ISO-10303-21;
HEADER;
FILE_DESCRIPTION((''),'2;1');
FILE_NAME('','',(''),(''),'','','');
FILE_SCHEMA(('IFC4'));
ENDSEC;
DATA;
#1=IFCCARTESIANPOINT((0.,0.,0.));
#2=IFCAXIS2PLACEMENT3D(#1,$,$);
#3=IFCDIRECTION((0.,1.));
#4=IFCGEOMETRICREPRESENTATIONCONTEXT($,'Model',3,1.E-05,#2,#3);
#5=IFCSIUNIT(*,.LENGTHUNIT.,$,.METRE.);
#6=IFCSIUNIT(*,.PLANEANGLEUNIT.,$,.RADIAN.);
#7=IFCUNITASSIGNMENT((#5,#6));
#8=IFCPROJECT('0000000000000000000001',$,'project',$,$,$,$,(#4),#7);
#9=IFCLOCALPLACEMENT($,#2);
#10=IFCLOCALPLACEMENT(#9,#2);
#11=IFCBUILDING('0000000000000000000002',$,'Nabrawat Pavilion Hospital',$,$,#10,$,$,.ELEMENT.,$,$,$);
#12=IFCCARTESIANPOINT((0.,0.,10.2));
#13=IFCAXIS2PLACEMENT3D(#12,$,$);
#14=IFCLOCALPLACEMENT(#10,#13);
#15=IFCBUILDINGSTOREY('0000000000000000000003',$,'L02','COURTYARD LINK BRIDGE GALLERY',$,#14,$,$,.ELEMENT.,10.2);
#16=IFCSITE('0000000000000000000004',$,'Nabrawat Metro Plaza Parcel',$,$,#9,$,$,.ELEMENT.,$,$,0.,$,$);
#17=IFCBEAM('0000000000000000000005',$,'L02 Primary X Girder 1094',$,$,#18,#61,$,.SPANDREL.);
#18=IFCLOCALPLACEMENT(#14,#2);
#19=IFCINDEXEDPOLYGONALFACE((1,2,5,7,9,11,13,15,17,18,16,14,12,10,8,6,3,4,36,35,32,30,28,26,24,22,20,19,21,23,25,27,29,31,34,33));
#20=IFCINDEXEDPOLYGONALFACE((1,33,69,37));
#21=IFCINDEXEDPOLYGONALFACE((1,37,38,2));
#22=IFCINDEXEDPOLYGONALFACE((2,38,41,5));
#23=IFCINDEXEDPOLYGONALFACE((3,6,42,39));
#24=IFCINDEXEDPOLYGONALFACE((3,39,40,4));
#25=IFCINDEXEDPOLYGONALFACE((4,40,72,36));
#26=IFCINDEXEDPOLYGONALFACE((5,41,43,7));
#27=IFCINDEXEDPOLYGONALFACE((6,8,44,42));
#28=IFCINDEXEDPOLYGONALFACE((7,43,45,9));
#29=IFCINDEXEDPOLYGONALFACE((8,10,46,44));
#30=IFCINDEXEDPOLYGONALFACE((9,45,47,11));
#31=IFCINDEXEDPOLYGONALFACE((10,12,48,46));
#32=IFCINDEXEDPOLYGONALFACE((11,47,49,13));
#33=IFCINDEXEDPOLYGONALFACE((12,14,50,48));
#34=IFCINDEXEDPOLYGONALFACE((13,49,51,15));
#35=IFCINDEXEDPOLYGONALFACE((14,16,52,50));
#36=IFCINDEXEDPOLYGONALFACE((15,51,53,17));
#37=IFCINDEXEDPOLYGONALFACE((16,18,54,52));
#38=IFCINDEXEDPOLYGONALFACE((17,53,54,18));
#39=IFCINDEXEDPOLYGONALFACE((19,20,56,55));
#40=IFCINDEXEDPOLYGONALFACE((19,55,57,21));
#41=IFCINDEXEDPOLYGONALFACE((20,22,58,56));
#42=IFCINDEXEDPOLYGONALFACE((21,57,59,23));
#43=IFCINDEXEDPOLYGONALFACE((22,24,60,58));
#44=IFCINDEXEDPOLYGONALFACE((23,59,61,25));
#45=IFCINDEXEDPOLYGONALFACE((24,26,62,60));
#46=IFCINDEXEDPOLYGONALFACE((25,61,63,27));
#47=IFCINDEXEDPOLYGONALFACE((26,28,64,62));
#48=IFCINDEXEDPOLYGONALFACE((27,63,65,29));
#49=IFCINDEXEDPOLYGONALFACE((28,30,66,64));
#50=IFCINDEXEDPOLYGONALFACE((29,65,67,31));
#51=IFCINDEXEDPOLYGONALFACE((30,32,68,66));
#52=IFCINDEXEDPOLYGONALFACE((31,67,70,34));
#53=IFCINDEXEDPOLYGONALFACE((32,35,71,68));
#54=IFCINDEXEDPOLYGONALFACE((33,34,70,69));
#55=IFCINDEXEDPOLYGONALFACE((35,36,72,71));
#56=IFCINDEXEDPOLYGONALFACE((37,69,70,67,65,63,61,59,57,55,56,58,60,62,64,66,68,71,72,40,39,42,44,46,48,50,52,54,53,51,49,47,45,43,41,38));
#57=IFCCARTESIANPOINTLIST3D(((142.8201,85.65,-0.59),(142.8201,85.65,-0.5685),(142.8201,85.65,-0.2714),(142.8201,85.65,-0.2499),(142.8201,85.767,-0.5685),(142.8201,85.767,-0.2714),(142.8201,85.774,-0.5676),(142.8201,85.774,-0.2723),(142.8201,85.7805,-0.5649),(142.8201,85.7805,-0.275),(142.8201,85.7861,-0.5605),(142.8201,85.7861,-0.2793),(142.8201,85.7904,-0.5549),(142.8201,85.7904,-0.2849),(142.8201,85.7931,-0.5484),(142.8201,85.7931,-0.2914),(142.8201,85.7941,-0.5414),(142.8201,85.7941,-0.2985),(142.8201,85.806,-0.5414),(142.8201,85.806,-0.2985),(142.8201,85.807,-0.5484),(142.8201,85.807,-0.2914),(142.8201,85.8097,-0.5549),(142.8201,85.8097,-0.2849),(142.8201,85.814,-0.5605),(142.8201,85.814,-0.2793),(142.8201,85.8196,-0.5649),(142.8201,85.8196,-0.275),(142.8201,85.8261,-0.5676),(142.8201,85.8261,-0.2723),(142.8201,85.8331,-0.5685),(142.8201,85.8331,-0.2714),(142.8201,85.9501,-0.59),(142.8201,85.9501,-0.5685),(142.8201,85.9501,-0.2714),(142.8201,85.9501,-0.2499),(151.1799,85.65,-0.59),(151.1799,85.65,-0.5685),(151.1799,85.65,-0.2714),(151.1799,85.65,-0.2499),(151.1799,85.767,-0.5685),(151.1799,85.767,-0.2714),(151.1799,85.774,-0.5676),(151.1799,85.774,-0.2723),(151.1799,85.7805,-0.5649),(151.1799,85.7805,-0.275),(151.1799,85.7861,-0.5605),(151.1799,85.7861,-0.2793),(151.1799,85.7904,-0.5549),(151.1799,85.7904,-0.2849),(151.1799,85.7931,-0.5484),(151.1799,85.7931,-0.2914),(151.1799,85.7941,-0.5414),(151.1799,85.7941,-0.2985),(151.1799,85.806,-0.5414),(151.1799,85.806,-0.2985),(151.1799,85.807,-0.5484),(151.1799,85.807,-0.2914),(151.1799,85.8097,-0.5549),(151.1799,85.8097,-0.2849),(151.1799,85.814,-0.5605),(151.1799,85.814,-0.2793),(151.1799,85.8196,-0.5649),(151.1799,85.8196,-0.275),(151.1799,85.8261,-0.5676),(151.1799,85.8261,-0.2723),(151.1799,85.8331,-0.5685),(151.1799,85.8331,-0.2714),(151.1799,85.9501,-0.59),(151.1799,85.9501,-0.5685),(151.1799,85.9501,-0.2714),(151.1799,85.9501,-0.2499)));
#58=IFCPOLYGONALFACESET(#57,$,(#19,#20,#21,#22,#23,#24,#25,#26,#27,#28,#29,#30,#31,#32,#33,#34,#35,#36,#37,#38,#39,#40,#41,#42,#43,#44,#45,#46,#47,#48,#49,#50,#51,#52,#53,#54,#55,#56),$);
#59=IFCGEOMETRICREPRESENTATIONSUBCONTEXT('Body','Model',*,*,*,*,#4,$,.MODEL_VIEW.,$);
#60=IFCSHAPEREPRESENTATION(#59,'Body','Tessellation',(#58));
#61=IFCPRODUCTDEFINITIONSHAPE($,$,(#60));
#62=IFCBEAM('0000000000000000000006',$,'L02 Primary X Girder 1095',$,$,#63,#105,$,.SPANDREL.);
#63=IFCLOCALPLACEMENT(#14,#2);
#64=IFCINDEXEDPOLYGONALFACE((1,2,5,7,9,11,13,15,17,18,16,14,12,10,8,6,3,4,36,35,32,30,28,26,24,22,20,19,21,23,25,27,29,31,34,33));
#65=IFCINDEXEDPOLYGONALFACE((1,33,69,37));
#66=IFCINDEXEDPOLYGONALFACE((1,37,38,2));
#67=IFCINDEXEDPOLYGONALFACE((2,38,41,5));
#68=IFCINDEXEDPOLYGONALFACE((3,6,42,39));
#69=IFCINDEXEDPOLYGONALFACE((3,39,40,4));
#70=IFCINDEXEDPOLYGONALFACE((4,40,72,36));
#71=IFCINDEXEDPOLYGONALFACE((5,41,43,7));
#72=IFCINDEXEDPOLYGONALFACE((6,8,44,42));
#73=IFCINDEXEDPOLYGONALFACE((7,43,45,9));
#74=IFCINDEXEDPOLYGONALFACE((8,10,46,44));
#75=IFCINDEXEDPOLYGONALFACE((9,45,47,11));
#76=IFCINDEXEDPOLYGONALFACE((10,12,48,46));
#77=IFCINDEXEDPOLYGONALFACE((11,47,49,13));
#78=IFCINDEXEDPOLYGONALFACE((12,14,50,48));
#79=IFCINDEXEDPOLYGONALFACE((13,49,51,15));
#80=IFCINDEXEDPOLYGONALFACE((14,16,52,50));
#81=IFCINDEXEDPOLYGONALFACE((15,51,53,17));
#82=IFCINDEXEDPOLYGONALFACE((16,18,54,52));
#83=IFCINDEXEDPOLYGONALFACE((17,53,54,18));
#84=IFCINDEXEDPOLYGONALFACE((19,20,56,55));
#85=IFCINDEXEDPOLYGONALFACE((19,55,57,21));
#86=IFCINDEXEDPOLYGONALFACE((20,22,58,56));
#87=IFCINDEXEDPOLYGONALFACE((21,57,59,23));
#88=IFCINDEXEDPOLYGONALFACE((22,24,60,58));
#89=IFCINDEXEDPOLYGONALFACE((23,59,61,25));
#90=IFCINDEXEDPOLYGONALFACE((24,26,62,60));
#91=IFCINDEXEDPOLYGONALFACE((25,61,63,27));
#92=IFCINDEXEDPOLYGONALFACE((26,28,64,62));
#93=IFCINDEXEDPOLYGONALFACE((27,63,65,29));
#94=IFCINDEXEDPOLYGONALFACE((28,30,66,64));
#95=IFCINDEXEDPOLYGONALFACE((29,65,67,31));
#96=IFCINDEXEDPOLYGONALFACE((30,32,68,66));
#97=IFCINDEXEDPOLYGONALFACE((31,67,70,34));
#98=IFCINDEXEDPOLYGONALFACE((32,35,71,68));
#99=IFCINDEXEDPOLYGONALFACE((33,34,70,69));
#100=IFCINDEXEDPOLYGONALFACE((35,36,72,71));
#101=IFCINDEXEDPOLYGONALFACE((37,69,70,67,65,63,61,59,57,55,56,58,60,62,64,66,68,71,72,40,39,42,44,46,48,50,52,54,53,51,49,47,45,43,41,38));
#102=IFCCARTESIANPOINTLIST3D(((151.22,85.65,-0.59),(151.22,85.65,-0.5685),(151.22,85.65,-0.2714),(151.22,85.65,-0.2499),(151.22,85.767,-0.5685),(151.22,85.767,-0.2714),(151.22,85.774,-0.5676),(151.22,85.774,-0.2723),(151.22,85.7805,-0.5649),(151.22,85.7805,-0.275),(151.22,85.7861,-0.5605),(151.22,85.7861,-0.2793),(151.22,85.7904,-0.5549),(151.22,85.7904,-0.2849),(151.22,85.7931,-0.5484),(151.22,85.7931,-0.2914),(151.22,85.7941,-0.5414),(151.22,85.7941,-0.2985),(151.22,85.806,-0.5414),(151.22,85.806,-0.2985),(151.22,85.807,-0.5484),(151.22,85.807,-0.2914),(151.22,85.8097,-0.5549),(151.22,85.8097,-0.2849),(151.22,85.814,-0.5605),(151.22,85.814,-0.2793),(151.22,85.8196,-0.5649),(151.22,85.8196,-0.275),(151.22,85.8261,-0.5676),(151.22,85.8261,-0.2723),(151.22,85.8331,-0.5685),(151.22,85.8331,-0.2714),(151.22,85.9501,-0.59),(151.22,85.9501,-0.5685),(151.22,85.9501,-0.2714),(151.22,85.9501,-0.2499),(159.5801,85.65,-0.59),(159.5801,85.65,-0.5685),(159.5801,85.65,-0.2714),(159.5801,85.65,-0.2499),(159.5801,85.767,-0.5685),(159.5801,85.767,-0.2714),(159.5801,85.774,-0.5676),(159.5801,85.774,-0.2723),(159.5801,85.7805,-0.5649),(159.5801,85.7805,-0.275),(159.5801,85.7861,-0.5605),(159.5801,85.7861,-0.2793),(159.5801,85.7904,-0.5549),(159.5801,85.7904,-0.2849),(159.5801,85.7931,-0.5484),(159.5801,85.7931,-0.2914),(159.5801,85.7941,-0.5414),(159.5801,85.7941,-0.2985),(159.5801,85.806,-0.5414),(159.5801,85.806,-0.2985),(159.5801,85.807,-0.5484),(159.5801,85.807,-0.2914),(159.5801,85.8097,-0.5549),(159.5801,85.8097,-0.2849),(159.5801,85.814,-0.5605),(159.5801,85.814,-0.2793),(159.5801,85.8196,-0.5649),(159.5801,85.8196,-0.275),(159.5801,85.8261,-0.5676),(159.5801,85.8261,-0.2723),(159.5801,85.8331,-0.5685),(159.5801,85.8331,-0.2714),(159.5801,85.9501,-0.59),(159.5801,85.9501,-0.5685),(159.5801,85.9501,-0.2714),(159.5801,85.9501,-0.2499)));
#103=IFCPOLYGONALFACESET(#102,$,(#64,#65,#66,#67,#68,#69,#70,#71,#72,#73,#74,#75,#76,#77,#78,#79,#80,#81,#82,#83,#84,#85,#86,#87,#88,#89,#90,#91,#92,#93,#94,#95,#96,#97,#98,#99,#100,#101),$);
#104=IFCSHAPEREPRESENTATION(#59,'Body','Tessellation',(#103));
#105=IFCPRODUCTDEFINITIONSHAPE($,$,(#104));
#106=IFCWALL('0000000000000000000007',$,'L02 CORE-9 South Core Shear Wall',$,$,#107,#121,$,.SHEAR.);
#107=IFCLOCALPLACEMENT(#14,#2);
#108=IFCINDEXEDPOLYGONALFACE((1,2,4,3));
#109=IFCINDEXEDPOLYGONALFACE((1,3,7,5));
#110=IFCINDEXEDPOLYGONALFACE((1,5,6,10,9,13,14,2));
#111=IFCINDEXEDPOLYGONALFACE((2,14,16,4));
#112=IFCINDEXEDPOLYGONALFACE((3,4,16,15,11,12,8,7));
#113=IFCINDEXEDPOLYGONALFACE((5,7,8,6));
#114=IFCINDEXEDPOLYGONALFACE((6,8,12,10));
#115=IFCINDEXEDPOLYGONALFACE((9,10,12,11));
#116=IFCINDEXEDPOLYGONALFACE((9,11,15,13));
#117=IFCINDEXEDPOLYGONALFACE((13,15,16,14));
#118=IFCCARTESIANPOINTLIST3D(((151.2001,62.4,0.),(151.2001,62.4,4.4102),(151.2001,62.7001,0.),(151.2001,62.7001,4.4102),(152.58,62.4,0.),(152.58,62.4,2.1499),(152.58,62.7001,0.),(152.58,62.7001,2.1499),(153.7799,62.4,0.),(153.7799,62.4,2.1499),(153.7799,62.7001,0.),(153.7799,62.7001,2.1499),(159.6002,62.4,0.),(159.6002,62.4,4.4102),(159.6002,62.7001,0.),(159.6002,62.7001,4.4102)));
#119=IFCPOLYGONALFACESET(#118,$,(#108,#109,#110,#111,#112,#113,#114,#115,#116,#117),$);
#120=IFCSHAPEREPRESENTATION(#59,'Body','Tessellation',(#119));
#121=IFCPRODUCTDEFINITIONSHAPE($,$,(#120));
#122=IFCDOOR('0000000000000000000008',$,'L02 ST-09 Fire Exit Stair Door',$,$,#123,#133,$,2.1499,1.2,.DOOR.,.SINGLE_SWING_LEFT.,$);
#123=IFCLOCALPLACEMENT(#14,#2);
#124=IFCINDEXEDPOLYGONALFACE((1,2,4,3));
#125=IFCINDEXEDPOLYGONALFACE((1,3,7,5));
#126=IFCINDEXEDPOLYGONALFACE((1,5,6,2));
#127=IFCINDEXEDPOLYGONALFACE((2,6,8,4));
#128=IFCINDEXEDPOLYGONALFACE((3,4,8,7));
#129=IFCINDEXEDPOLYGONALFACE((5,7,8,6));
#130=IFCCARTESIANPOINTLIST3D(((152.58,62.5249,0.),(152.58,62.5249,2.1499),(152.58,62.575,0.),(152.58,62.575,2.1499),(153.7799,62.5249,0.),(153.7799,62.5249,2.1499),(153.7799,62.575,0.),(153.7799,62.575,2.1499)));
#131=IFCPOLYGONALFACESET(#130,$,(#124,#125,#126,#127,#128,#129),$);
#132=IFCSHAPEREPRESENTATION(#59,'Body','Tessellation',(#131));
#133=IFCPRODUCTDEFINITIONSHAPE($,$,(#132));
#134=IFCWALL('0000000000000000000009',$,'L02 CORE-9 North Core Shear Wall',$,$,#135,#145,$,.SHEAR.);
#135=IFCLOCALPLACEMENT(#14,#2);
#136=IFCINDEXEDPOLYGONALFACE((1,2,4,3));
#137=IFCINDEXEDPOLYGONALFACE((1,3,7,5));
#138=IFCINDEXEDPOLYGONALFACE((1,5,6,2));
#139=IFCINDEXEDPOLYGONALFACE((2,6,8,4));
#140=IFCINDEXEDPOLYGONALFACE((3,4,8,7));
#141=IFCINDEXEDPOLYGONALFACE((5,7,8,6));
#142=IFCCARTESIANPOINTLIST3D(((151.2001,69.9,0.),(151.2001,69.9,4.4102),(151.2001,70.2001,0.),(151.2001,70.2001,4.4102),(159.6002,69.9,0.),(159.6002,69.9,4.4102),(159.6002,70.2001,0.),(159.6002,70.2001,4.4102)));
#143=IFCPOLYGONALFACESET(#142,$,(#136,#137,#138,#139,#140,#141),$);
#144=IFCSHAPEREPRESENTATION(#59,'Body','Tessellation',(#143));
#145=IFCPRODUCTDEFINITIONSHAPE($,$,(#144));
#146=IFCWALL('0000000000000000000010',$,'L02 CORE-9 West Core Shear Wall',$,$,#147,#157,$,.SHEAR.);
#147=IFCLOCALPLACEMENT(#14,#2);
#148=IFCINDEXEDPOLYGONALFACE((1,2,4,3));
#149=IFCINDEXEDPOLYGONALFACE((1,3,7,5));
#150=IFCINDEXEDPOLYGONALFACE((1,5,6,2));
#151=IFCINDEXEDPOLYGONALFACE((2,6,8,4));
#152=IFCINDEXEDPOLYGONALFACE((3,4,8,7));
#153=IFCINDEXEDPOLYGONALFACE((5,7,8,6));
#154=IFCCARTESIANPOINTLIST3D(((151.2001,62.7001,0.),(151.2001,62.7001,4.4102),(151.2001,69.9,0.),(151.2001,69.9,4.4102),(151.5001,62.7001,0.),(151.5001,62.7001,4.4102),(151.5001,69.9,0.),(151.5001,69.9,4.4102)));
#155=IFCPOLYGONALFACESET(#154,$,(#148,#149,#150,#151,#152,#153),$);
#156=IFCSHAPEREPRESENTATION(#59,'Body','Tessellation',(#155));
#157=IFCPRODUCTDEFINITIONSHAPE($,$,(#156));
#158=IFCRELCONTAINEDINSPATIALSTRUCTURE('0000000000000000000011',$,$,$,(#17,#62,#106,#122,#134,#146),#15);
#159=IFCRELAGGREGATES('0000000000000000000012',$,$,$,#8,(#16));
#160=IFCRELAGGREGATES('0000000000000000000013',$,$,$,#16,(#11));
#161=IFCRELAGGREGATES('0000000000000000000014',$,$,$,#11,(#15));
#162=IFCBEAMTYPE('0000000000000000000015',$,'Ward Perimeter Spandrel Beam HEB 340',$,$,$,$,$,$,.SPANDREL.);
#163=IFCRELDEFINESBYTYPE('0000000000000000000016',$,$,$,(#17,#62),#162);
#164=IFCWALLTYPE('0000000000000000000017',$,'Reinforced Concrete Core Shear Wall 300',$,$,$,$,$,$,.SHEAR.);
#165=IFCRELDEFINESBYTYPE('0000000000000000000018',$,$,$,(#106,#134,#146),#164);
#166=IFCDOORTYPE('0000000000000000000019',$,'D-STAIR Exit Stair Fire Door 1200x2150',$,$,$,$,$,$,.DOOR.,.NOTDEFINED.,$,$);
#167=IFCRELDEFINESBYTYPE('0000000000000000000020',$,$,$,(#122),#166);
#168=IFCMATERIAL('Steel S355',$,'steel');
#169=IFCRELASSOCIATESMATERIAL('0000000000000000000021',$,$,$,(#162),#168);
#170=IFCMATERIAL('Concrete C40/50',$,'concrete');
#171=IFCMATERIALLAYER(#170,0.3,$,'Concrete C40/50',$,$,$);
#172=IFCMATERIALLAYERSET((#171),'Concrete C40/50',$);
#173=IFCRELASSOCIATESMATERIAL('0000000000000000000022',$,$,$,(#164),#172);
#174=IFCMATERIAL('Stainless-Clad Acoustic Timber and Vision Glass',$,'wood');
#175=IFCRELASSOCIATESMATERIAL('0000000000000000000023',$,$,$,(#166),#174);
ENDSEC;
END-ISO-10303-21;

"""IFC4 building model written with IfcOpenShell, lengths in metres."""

from ifc_helpers import new_model, si_unit, direction, frame, frame_2d, origin, origin_2d, place, context, subcontext, project, spatial, rectangle, i_section, extrude, material, layer, layer_set, material_profile, profile_set, type_object, element, fill, save


model = new_model("IFC4")

# Units and contexts
model_context = context("Model", 3, precision=1e-05, world=origin(), true_north=direction((0.0, 1.0)))
body_context = subcontext(model_context, "Body", "Model", "MODEL_VIEW")
ifc_project = project(units=[si_unit("LENGTHUNIT", "METRE"), si_unit("PLANEANGLEUNIT", "RADIAN")], contexts=[model_context])

# Site, building, storey
site_placement = place(None, origin())
site = spatial("IfcSite", under=ifc_project, at=site_placement, Name="Nabrawat Metro Plaza Parcel", CompositionType="ELEMENT", RefElevation=0.0)
building_placement = place(site_placement, origin())
building = spatial("IfcBuilding", under=site, at=building_placement, Name="Nabrawat Pavilion Hospital", CompositionType="ELEMENT")
storey_placement = place(building_placement, frame((0.0, 0.0, 10.2)))
storey = spatial("IfcBuildingStorey", under=building, at=storey_placement, Name="L02", Description="COURTYARD LINK BRIDGE GALLERY", CompositionType="ELEMENT", Elevation=10.2)

# Shared definitions
ifc_material_1 = material(Name="Concrete C40/50", Category="concrete")

# Beams
ifc_material_2 = material(Name="Steel S355", Category="steel")
ifc_material_profile_1 = material_profile(ifc_material_2, i_section(OverallWidth=0.3, OverallDepth=0.3401, WebThickness=0.012, FlangeThickness=0.0215, FilletRadius=0.0271, at=origin_2d()), Name="HEB 340")
ifc_profile_set_1 = profile_set([ifc_material_profile_1], Name="Steel S355")
beam_type_1 = type_object("IfcBeamType", Name="Ward Perimeter Spandrel Beam HEB 340", PredefinedType="SPANDREL", material=ifc_profile_set_1)
beam_1_placement = place(storey_placement, frame((142.8201, 85.8, -0.4199), z_axis=(1.0, 0.0, 0.0), x_axis=(0.0, 1.0, 0.0)))
element("IfcBeam", 1, at=beam_1_placement, inside=storey, type_object=beam_type_1, Name="L02 Primary X Girder 1094", PredefinedType="SPANDREL", context=body_context, shape_type="SweptSolid", body=[
    extrude(i_section(OverallWidth=0.3, OverallDepth=0.3401, WebThickness=0.012, FlangeThickness=0.0215, FilletRadius=0.0271, at=origin_2d()), origin(), (0.0, 0.0, 1.0), 8.3599),
])
beam_2_placement = place(storey_placement, frame((151.22, 85.8, -0.4199), z_axis=(1.0, 0.0, 0.0), x_axis=(0.0, 1.0, 0.0)))
element("IfcBeam", 2, at=beam_2_placement, inside=storey, type_object=beam_type_1, Name="L02 Primary X Girder 1095", PredefinedType="SPANDREL", context=body_context, shape_type="SweptSolid", body=[
    extrude(i_section(OverallWidth=0.3, OverallDepth=0.3401, WebThickness=0.012, FlangeThickness=0.0215, FilletRadius=0.0271, at=origin_2d()), origin(), (0.0, 0.0, 1.0), 8.3601),
])

# Wall, opening, door
ifc_layer_1 = layer(ifc_material_1, 0.3, Name="Concrete C40/50")
ifc_layer_set_1 = layer_set([ifc_layer_1], Name="Concrete C40/50")
wall_type = type_object("IfcWallType", Name="Reinforced Concrete Core Shear Wall 300", PredefinedType="SHEAR", material=ifc_layer_set_1)
wall_1_placement = place(storey_placement, frame((151.2, 62.55, 0.0), z_axis=(0.0, 0.0, 1.0), x_axis=(1.0, 0.0, 0.0)))
wall_1 = element("IfcWall", 3, at=wall_1_placement, inside=storey, type_object=wall_type, Name="L02 CORE-9 South Core Shear Wall", PredefinedType="SHEAR", context=body_context, shape_type="SweptSolid", body=[
    extrude(rectangle(XDim=8.4001, YDim=0.3, at=frame_2d((4.2002, 0.0))), origin(), (0.0, 0.0, 1.0), 4.4102),
])
opening_placement = place(wall_1_placement, frame((1.3799, 0.0, 0.0)))
opening = element("IfcOpeningElement", 4, at=opening_placement, cuts=wall_1, PredefinedType="OPENING", context=body_context, shape_type="SweptSolid", body=[
    extrude(rectangle(XDim=1.2, YDim=2.1499, at=frame_2d((0.6001, 1.075))), frame((0.0, 0.1602, 0.0), z_axis=(0.0, -1.0, 0.0), x_axis=(1.0, 0.0, 0.0)), (0.0, 0.0, 1.0), 0.3201),
])
ifc_material_3 = material(Name="Stainless-Clad Acoustic Timber and Vision Glass", Category="wood")
door_type = type_object("IfcDoorType", Name="D-STAIR Exit Stair Fire Door 1200x2150", OperationType="NOTDEFINED", PredefinedType="DOOR", material=ifc_material_3)
door_placement = place(opening_placement, origin())
door = element("IfcDoor", 5, at=door_placement, inside=storey, type_object=door_type, Name="L02 ST-09 Fire Exit Stair Door", OperationType="SINGLE_SWING_LEFT", OverallHeight=2.1499, OverallWidth=1.2, PredefinedType="DOOR", context=body_context, shape_type="SweptSolid", body=[
    extrude(rectangle(XDim=1.2, YDim=2.1499, at=frame_2d((0.6001, 1.075))), frame((0.0, 0.0249, 0.0), z_axis=(0.0, -1.0, 0.0), x_axis=(1.0, 0.0, 0.0)), (0.0, 0.0, 1.0), 0.05),
])
fill(opening, door)

# Walls
wall_2_placement = place(storey_placement, frame((151.2, 70.05, 0.0), z_axis=(0.0, 0.0, 1.0), x_axis=(1.0, 0.0, 0.0)))
element("IfcWall", 6, at=wall_2_placement, inside=storey, type_object=wall_type, Name="L02 CORE-9 North Core Shear Wall", PredefinedType="SHEAR", context=body_context, shape_type="SweptSolid", body=[
    extrude(rectangle(XDim=8.4001, YDim=0.3, at=frame_2d((4.2002, 0.0))), origin(), (0.0, 0.0, 1.0), 4.4102),
])
wall_3_placement = place(storey_placement, frame((151.3501, 62.7, 0.0), z_axis=(0.0, 0.0, 1.0), x_axis=(0.0, 1.0, 0.0)))
element("IfcWall", 7, at=wall_3_placement, inside=storey, type_object=wall_type, Name="L02 CORE-9 West Core Shear Wall", PredefinedType="SHEAR", context=body_context, shape_type="SweptSolid", body=[
    extrude(rectangle(XDim=7.2, YDim=0.3, at=frame_2d((3.6001, 0.0))), origin(), (0.0, 0.0, 1.0), 4.4102),
])

save(model, "model.ifc")
